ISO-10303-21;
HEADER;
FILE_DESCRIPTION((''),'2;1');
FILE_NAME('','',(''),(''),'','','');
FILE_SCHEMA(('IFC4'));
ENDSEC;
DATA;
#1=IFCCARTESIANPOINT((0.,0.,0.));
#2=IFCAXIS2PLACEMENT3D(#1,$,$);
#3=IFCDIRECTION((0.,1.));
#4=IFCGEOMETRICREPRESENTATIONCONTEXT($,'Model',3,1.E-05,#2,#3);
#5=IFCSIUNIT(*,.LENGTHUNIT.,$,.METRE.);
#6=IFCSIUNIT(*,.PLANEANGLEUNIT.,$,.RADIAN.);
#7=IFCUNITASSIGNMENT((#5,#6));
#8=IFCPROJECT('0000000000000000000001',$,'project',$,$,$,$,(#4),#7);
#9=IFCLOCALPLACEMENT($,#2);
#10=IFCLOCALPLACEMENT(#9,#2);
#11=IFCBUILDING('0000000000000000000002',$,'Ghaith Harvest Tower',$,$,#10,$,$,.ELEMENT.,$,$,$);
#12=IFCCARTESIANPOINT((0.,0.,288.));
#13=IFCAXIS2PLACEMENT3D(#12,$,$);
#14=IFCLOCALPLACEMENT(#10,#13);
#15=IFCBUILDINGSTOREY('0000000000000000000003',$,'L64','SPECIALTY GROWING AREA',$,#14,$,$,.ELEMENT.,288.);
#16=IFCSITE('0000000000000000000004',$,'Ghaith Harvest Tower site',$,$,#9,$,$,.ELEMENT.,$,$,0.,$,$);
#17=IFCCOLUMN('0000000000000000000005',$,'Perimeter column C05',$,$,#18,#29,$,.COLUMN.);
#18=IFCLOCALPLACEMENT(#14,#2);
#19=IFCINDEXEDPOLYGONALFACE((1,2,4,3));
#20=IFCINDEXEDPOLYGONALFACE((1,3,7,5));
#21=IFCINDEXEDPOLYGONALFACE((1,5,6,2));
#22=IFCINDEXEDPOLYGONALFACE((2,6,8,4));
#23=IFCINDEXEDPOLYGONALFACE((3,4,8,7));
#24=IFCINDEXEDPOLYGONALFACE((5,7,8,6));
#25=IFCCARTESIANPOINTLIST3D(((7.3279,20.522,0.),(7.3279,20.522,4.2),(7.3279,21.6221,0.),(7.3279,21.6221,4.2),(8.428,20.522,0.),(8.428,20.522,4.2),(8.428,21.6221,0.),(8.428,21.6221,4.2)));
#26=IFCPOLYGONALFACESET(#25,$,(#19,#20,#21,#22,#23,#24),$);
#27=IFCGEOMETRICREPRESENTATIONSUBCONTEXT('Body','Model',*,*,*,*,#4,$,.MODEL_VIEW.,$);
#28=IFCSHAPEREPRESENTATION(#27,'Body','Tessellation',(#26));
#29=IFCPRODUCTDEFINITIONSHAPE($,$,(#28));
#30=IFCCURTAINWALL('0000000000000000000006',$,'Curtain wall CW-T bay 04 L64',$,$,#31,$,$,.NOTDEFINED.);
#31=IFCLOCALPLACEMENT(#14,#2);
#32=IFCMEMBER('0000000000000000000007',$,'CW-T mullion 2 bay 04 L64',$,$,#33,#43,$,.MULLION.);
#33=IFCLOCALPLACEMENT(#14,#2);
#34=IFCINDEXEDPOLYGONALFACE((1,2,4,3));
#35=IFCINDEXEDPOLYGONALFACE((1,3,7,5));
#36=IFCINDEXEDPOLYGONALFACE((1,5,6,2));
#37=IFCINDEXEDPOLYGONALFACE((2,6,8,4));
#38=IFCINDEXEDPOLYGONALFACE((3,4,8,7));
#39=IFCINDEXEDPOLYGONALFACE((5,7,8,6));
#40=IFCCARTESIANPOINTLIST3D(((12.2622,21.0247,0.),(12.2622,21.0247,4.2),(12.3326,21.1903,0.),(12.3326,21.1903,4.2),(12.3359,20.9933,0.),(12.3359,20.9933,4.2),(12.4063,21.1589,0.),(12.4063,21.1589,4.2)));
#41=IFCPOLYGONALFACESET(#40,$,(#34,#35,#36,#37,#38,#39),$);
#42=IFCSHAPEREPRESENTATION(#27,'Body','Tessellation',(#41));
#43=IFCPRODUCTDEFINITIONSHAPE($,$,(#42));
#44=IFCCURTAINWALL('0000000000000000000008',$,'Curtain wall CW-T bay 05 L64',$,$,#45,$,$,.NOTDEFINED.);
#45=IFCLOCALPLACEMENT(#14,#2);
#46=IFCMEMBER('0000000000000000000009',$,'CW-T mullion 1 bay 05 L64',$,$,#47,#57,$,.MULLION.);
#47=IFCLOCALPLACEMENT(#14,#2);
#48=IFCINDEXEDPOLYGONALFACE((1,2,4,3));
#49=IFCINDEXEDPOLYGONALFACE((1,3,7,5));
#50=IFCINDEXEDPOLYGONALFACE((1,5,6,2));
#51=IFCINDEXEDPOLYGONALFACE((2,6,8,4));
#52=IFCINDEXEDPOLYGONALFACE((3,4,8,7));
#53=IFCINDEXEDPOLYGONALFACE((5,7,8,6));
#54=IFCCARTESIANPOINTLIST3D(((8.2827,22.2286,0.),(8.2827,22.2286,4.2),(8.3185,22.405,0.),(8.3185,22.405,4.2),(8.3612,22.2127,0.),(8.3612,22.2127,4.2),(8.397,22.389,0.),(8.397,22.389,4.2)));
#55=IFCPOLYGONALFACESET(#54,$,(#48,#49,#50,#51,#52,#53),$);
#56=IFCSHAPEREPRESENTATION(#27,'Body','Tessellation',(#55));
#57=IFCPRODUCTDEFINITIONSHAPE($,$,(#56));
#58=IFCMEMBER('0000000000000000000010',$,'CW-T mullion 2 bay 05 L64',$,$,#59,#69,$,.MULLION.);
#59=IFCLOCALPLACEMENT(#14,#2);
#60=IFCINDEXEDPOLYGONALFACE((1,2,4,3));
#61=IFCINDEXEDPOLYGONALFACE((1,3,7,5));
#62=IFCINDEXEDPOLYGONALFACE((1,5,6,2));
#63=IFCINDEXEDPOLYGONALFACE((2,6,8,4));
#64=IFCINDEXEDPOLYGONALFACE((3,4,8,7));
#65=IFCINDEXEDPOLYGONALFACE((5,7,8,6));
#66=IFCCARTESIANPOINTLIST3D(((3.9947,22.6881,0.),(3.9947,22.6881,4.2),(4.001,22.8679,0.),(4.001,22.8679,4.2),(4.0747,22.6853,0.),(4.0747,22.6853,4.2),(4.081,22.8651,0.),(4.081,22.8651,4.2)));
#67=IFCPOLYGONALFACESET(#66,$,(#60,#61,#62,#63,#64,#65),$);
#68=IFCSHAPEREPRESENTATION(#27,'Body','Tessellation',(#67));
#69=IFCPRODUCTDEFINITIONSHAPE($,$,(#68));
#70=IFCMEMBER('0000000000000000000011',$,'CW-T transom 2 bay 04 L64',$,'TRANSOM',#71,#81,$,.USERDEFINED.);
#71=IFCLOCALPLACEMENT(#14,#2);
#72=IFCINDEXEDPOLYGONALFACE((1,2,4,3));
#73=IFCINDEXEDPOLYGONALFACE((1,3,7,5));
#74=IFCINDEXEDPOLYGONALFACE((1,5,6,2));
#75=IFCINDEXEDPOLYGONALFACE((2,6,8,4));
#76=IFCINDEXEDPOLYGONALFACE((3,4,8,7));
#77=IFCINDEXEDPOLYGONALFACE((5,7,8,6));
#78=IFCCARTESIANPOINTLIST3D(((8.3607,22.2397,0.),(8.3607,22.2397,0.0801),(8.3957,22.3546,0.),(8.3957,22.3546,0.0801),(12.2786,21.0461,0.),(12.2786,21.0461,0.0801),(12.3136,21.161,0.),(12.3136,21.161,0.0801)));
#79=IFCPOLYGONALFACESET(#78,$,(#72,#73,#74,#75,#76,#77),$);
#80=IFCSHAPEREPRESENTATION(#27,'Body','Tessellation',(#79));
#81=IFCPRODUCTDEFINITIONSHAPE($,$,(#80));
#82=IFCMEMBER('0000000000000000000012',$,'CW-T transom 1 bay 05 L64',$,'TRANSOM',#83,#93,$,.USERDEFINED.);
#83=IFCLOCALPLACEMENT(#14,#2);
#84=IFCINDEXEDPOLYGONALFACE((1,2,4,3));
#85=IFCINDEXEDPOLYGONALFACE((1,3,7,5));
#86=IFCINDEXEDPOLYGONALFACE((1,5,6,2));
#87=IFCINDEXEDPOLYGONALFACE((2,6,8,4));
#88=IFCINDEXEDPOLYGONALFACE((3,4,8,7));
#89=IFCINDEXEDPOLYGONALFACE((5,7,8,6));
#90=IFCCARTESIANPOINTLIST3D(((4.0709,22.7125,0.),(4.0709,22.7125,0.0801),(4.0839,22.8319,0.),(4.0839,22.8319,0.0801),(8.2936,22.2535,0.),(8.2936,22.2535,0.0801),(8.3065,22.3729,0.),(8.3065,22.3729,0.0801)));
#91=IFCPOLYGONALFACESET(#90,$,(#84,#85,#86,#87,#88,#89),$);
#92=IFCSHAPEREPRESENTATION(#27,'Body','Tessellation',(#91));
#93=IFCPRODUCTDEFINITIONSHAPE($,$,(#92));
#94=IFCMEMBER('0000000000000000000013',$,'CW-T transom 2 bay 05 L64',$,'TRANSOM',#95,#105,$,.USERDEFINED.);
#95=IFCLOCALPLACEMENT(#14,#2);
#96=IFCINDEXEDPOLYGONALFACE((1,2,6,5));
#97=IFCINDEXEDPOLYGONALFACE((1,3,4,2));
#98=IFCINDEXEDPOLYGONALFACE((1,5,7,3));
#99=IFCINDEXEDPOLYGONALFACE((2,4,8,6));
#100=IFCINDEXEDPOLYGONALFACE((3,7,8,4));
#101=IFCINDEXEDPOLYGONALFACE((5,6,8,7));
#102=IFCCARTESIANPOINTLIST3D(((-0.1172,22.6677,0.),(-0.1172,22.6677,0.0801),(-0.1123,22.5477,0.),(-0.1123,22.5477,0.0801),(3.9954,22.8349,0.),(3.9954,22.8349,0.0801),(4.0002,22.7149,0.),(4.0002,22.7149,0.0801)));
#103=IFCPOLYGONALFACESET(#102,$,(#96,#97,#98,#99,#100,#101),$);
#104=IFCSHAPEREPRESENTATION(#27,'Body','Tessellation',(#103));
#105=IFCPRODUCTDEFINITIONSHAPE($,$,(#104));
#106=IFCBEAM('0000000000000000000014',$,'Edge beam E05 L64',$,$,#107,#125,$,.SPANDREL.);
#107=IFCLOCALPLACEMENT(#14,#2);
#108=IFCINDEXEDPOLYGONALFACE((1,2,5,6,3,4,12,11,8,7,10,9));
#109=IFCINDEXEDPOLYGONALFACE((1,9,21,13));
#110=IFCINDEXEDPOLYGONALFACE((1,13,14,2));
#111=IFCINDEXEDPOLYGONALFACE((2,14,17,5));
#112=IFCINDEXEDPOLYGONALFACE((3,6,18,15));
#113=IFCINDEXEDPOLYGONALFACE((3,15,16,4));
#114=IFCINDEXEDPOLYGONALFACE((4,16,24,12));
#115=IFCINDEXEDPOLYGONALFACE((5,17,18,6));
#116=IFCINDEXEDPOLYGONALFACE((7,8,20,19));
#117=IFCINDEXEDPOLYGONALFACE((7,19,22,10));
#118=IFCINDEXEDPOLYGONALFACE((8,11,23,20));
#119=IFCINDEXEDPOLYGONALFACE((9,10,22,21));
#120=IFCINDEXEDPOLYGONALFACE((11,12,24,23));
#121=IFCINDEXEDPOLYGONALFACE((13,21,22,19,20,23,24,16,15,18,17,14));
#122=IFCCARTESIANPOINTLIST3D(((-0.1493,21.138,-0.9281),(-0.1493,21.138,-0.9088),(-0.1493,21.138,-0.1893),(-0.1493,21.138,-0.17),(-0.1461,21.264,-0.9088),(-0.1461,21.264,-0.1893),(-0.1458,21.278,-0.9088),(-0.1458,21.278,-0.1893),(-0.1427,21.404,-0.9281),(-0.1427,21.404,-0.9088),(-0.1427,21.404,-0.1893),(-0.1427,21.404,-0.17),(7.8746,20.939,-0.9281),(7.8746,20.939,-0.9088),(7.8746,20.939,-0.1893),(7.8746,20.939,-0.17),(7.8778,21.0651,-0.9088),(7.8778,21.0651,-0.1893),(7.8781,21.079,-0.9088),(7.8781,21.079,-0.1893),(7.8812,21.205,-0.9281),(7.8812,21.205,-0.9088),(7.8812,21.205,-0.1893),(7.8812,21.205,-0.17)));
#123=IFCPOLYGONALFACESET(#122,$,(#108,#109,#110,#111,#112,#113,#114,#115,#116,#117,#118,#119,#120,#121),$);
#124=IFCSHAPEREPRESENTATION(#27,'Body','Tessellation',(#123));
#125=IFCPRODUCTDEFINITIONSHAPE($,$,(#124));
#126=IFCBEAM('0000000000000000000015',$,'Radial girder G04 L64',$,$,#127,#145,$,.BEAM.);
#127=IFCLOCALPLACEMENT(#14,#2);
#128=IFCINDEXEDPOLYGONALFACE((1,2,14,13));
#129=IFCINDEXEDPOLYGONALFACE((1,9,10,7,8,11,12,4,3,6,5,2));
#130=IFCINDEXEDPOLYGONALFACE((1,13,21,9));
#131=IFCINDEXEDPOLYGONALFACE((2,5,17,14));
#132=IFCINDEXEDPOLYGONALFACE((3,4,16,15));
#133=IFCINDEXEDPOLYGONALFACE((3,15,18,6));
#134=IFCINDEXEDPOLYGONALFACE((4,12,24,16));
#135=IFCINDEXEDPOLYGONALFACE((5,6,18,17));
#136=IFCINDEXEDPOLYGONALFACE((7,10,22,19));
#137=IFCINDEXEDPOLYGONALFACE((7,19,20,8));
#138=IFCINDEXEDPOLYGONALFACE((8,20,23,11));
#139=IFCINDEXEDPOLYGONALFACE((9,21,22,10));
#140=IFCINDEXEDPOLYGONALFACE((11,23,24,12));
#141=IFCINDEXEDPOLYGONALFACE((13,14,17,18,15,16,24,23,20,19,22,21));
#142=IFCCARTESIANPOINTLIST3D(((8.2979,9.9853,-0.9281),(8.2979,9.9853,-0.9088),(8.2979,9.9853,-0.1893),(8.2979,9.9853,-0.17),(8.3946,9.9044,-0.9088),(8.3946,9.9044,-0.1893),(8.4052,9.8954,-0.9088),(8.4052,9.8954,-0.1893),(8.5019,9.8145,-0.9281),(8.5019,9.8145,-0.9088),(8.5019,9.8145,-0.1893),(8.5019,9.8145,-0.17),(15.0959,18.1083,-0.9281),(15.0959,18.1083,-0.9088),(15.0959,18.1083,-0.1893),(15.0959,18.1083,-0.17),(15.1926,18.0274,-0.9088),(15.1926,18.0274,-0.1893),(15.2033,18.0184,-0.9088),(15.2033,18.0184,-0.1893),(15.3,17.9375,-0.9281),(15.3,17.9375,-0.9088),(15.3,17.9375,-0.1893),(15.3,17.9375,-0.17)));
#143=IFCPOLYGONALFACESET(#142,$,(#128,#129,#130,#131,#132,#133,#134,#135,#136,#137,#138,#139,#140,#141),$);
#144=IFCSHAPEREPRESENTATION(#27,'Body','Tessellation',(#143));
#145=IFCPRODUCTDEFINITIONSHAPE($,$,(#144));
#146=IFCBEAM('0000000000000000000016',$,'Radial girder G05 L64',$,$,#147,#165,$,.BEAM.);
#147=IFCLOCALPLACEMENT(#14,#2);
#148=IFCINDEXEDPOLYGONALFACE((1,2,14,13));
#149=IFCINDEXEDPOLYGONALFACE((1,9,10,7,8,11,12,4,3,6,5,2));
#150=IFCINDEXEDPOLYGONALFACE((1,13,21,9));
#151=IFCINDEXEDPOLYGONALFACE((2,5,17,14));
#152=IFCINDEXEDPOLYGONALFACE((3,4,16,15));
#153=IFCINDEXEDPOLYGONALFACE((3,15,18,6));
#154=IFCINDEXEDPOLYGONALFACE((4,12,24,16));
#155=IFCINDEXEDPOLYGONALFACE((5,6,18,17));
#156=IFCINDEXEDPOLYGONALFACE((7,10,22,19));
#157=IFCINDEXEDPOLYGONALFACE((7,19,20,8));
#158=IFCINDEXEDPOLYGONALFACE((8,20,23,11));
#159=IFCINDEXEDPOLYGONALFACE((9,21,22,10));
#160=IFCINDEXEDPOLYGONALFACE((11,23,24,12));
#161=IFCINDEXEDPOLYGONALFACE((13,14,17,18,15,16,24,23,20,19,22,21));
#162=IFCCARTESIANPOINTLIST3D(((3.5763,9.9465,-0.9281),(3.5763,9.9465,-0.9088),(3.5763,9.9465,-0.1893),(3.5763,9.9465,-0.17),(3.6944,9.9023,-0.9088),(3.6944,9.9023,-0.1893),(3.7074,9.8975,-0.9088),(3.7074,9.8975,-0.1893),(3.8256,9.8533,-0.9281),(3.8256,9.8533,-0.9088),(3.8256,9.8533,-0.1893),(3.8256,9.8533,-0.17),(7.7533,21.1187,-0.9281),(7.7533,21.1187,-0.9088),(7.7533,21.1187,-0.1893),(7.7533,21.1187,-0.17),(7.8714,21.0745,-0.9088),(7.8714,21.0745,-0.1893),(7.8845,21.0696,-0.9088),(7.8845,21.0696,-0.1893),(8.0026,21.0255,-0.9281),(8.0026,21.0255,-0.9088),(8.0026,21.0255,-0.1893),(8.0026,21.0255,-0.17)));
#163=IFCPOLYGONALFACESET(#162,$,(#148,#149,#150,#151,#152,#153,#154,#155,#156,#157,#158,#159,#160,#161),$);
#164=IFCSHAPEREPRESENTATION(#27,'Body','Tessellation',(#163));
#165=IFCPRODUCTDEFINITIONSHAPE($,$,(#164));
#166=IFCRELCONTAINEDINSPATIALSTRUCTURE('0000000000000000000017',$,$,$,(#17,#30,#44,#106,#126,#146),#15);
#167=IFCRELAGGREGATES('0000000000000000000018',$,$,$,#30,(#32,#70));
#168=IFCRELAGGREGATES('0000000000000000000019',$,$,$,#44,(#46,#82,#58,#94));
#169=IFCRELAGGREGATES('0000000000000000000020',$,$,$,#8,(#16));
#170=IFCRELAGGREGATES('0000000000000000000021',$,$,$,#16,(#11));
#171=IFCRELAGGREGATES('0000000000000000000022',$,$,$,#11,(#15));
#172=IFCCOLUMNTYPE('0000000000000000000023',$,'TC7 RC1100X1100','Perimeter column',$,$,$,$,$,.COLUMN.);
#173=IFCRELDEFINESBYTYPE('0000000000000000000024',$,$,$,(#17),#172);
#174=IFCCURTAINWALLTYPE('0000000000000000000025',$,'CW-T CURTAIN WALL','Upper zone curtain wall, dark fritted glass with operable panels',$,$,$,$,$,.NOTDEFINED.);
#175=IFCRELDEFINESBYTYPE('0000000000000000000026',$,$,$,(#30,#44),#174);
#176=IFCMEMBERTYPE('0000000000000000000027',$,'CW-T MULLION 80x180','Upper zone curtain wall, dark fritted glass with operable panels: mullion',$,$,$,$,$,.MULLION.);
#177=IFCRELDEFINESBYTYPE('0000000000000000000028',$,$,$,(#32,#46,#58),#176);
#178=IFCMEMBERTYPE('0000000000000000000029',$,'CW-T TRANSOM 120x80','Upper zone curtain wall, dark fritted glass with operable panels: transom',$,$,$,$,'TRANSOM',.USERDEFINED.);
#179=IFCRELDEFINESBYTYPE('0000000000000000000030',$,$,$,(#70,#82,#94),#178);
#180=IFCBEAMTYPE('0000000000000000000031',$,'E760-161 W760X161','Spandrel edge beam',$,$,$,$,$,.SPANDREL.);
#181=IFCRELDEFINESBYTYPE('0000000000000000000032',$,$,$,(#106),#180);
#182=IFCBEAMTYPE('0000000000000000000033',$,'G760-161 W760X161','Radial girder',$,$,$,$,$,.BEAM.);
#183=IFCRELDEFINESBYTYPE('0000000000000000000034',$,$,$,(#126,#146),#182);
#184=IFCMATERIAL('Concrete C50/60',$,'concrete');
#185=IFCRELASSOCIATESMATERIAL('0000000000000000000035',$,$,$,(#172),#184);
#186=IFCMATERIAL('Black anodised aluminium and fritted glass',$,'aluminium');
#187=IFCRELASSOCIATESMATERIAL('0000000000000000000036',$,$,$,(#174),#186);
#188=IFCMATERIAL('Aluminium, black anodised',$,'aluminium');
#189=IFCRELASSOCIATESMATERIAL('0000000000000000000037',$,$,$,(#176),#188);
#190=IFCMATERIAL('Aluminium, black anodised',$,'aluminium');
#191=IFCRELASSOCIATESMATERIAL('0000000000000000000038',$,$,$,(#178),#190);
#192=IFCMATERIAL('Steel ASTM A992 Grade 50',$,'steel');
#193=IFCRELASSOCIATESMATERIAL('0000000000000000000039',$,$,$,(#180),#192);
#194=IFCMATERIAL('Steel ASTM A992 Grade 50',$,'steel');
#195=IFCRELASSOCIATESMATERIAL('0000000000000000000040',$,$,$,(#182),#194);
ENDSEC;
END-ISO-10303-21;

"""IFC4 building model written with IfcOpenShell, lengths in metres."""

from ifc_helpers import new_model, si_unit, direction, frame, origin, origin_2d, place, context, subcontext, project, spatial, rectangle, i_section, extrude, material, material_profile, profile_set, type_object, element, aggregate, save


model = new_model("IFC4")

# Units and contexts
model_context = context("Model", 3, precision=1e-05, world=origin(), true_north=direction((0.0, 1.0)))
body_context = subcontext(model_context, "Body", "Model", "MODEL_VIEW")
ifc_project = project(units=[si_unit("LENGTHUNIT", "METRE"), si_unit("PLANEANGLEUNIT", "RADIAN")], contexts=[model_context])

# Site, building, storey
site_placement = place(None, origin())
site = spatial("IfcSite", under=ifc_project, at=site_placement, Name="Ghaith Harvest Tower site", CompositionType="ELEMENT", RefElevation=0.0)
building_placement = place(site_placement, origin())
building = spatial("IfcBuilding", under=site, at=building_placement, Name="Ghaith Harvest Tower", CompositionType="ELEMENT")
storey_placement = place(building_placement, frame((0.0, 0.0, 288.0)))
storey = spatial("IfcBuildingStorey", under=building, at=storey_placement, Name="L64", Description="SPECIALTY GROWING AREA", CompositionType="ELEMENT", Elevation=288.0)

# Column
ifc_material_1 = material(Name="Concrete C50/60", Category="concrete")
ifc_material_profile_1 = material_profile(ifc_material_1, rectangle(XDim=1.1001, YDim=1.1001, at=origin_2d()), Name="RC1100X1100")
ifc_profile_set_1 = profile_set([ifc_material_profile_1], Name="Concrete C50/60")
column_type = type_object("IfcColumnType", Name="TC7 RC1100X1100", Description="Perimeter column", PredefinedType="COLUMN", material=ifc_profile_set_1)
column_placement = place(storey_placement, frame((7.8779, 21.072, 0.0), z_axis=(0.0, 0.0, 1.0), x_axis=(1.0, 0.0, 0.0)))
element("IfcColumn", 1, at=column_placement, inside=storey, type_object=column_type, Name="Perimeter column C05", PredefinedType="COLUMN", context=body_context, shape_type="SweptSolid", body=[
    extrude(rectangle(XDim=1.1001, YDim=1.1001, at=origin_2d()), origin(), (0.0, 0.0, 1.0), 4.2),
])

# Curtain wall, member
ifc_material_2 = material(Name="Black anodised aluminium and fritted glass", Category="aluminium")
curtain_wall_type = type_object("IfcCurtainWallType", Name="CW-T CURTAIN WALL", Description="Upper zone curtain wall, dark fritted glass with operable panels", PredefinedType="NOTDEFINED", material=ifc_material_2)
curtain_wall_1_placement = place(storey_placement, origin())
curtain_wall_1 = element("IfcCurtainWall", 2, at=curtain_wall_1_placement, inside=storey, type_object=curtain_wall_type, Name="Curtain wall CW-T bay 04 L64", PredefinedType="NOTDEFINED")
ifc_material_3 = material(Name="Aluminium, black anodised", Category="aluminium")
ifc_material_profile_2 = material_profile(ifc_material_3, rectangle(XDim=0.0801, YDim=0.1799, at=origin_2d()), Name="CW-T MULLION 80x180")
ifc_profile_set_2 = profile_set([ifc_material_profile_2], Name="Aluminium, black anodised")
member_type_1 = type_object("IfcMemberType", Name="CW-T MULLION 80x180", Description="Upper zone curtain wall, dark fritted glass with operable panels: mullion", PredefinedType="MULLION", material=ifc_profile_set_2)
member_1_placement = place(storey_placement, frame((12.3342, 21.0918, 0.0), z_axis=(0.0, 0.0, 1.0), x_axis=(-0.920319, 0.391168, 0.0)))
member_1 = element("IfcMember", 3, at=member_1_placement, type_object=member_type_1, Name="CW-T mullion 2 bay 04 L64", PredefinedType="MULLION", context=body_context, shape_type="SweptSolid", body=[
    extrude(rectangle(XDim=0.0801, YDim=0.1799, at=origin_2d()), origin(), (0.0, 0.0, 1.0), 4.2),
])

# Curtain wall, members
curtain_wall_2_placement = place(storey_placement, origin())
curtain_wall_2 = element("IfcCurtainWall", 4, at=curtain_wall_2_placement, inside=storey, type_object=curtain_wall_type, Name="Curtain wall CW-T bay 05 L64", PredefinedType="NOTDEFINED")
member_2_placement = place(storey_placement, frame((8.3398, 22.3088, 0.0), z_axis=(0.0, 0.0, 1.0), x_axis=(-0.98, 0.198997, 0.0)))
member_2 = element("IfcMember", 5, at=member_2_placement, type_object=member_type_1, Name="CW-T mullion 1 bay 05 L64", PredefinedType="MULLION", context=body_context, shape_type="SweptSolid", body=[
    extrude(rectangle(XDim=0.0801, YDim=0.1799, at=origin_2d()), origin(), (0.0, 0.0, 1.0), 4.2),
])
member_3_placement = place(storey_placement, frame((4.0378, 22.7766, 0.0), z_axis=(0.0, 0.0, 1.0), x_axis=(-0.999389, 0.034962, 0.0)))
member_3 = element("IfcMember", 6, at=member_3_placement, type_object=member_type_1, Name="CW-T mullion 2 bay 05 L64", PredefinedType="MULLION", context=body_context, shape_type="SweptSolid", body=[
    extrude(rectangle(XDim=0.0801, YDim=0.1799, at=origin_2d()), origin(), (0.0, 0.0, 1.0), 4.2),
])

# Members
ifc_material_4 = material(Name="Aluminium, black anodised", Category="aluminium")
ifc_material_profile_3 = material_profile(ifc_material_4, rectangle(XDim=0.1201, YDim=0.0801, at=origin_2d()), Name="CW-T TRANSOM 120x80")
ifc_profile_set_3 = profile_set([ifc_material_profile_3], Name="Aluminium, black anodised")
member_type_2 = type_object("IfcMemberType", Name="CW-T TRANSOM 120x80", Description="Upper zone curtain wall, dark fritted glass with operable panels: transom", ElementType="TRANSOM", PredefinedType="USERDEFINED", material=ifc_profile_set_3)
member_4_placement = place(storey_placement, frame((12.2961, 21.1035, 0.04), z_axis=(-0.956594, 0.291425, 0.0), x_axis=(-0.291425, -0.956594, 0.0)))
member_4 = element("IfcMember", 7, at=member_4_placement, type_object=member_type_2, Name="CW-T transom 2 bay 04 L64", ObjectType="TRANSOM", PredefinedType="USERDEFINED", context=body_context, shape_type="SweptSolid", body=[
    extrude(rectangle(XDim=0.1201, YDim=0.0801, at=origin_2d()), origin(), (0.0, 0.0, 1.0), 4.0957),
])
member_5_placement = place(storey_placement, frame((8.3, 22.3132, 0.04), z_axis=(-0.994144, 0.108059, 0.0), x_axis=(-0.108059, -0.994144, 0.0)))
member_5 = element("IfcMember", 8, at=member_5_placement, type_object=member_type_2, Name="CW-T transom 1 bay 05 L64", ObjectType="TRANSOM", PredefinedType="USERDEFINED", context=body_context, shape_type="SweptSolid", body=[
    extrude(rectangle(XDim=0.1201, YDim=0.0801, at=origin_2d()), origin(), (0.0, 0.0, 1.0), 4.2476),
])
member_6_placement = place(storey_placement, frame((3.9978, 22.7749, 0.04), z_axis=(-0.999174, -0.040631, 0.0), x_axis=(0.040631, -0.999174, 0.0)))
member_6 = element("IfcMember", 9, at=member_6_placement, type_object=member_type_2, Name="CW-T transom 2 bay 05 L64", ObjectType="TRANSOM", PredefinedType="USERDEFINED", context=body_context, shape_type="SweptSolid", body=[
    extrude(rectangle(XDim=0.1201, YDim=0.0801, at=origin_2d()), origin(), (0.0, 0.0, 1.0), 4.116),
])

# Beams
ifc_material_5 = material(Name="Steel ASTM A992 Grade 50", Category="steel")
ifc_material_profile_4 = material_profile(ifc_material_5, i_section(OverallWidth=0.2661, OverallDepth=0.7581, WebThickness=0.0139, FlangeThickness=0.0193, at=origin_2d()), Name="W760X161")
ifc_profile_set_4 = profile_set([ifc_material_profile_4], Name="Steel ASTM A992 Grade 50")
beam_type_1 = type_object("IfcBeamType", Name="E760-161 W760X161", Description="Spandrel edge beam", PredefinedType="SPANDREL", material=ifc_profile_set_4)
beam_1_placement = place(storey_placement, frame((7.8779, 21.072, -0.5491), z_axis=(-0.999693, 0.02479, 0.0), x_axis=(-0.02479, -0.999693, 0.0)))
element("IfcBeam", 10, at=beam_1_placement, inside=storey, type_object=beam_type_1, Name="Edge beam E05 L64", PredefinedType="SPANDREL", context=body_context, shape_type="SweptSolid", body=[
    extrude(i_section(OverallWidth=0.2661, OverallDepth=0.7581, WebThickness=0.0139, FlangeThickness=0.0193, at=origin_2d()), origin(), (0.0, 0.0, 1.0), 8.0264),
])
ifc_material_6 = material(Name="Steel ASTM A992 Grade 50", Category="steel")
ifc_material_profile_5 = material_profile(ifc_material_6, i_section(OverallWidth=0.2661, OverallDepth=0.7581, WebThickness=0.0139, FlangeThickness=0.0193, at=origin_2d()), Name="W760X161")
ifc_profile_set_5 = profile_set([ifc_material_profile_5], Name="Steel ASTM A992 Grade 50")
beam_type_2 = type_object("IfcBeamType", Name="G760-161 W760X161", Description="Radial girder", PredefinedType="BEAM", material=ifc_profile_set_5)
beam_2_placement = place(storey_placement, frame((8.3999, 9.8999, -0.5491), z_axis=(0.641793, 0.766878, 0.0), x_axis=(-0.766878, 0.641793, 0.0)))
element("IfcBeam", 11, at=beam_2_placement, inside=storey, type_object=beam_type_2, Name="Radial girder G04 L64", PredefinedType="BEAM", context=body_context, shape_type="SweptSolid", body=[
    extrude(i_section(OverallWidth=0.2661, OverallDepth=0.7581, WebThickness=0.0139, FlangeThickness=0.0193, at=origin_2d()), origin(), (0.0, 0.0, 1.0), 10.5923),
])
beam_3_placement = place(storey_placement, frame((3.7009, 9.8999, -0.5491), z_axis=(0.350201, 0.936674, 0.0), x_axis=(-0.936674, 0.350201, 0.0)))
element("IfcBeam", 12, at=beam_3_placement, inside=storey, type_object=beam_type_2, Name="Radial girder G05 L64", PredefinedType="BEAM", context=body_context, shape_type="SweptSolid", body=[
    extrude(i_section(OverallWidth=0.2661, OverallDepth=0.7581, WebThickness=0.0139, FlangeThickness=0.0193, at=origin_2d()), origin(), (0.0, 0.0, 1.0), 11.9275),
])

aggregate(curtain_wall_1, [member_1, member_4])
aggregate(curtain_wall_2, [member_2, member_5, member_3, member_6])

save(model, "model.ifc")
